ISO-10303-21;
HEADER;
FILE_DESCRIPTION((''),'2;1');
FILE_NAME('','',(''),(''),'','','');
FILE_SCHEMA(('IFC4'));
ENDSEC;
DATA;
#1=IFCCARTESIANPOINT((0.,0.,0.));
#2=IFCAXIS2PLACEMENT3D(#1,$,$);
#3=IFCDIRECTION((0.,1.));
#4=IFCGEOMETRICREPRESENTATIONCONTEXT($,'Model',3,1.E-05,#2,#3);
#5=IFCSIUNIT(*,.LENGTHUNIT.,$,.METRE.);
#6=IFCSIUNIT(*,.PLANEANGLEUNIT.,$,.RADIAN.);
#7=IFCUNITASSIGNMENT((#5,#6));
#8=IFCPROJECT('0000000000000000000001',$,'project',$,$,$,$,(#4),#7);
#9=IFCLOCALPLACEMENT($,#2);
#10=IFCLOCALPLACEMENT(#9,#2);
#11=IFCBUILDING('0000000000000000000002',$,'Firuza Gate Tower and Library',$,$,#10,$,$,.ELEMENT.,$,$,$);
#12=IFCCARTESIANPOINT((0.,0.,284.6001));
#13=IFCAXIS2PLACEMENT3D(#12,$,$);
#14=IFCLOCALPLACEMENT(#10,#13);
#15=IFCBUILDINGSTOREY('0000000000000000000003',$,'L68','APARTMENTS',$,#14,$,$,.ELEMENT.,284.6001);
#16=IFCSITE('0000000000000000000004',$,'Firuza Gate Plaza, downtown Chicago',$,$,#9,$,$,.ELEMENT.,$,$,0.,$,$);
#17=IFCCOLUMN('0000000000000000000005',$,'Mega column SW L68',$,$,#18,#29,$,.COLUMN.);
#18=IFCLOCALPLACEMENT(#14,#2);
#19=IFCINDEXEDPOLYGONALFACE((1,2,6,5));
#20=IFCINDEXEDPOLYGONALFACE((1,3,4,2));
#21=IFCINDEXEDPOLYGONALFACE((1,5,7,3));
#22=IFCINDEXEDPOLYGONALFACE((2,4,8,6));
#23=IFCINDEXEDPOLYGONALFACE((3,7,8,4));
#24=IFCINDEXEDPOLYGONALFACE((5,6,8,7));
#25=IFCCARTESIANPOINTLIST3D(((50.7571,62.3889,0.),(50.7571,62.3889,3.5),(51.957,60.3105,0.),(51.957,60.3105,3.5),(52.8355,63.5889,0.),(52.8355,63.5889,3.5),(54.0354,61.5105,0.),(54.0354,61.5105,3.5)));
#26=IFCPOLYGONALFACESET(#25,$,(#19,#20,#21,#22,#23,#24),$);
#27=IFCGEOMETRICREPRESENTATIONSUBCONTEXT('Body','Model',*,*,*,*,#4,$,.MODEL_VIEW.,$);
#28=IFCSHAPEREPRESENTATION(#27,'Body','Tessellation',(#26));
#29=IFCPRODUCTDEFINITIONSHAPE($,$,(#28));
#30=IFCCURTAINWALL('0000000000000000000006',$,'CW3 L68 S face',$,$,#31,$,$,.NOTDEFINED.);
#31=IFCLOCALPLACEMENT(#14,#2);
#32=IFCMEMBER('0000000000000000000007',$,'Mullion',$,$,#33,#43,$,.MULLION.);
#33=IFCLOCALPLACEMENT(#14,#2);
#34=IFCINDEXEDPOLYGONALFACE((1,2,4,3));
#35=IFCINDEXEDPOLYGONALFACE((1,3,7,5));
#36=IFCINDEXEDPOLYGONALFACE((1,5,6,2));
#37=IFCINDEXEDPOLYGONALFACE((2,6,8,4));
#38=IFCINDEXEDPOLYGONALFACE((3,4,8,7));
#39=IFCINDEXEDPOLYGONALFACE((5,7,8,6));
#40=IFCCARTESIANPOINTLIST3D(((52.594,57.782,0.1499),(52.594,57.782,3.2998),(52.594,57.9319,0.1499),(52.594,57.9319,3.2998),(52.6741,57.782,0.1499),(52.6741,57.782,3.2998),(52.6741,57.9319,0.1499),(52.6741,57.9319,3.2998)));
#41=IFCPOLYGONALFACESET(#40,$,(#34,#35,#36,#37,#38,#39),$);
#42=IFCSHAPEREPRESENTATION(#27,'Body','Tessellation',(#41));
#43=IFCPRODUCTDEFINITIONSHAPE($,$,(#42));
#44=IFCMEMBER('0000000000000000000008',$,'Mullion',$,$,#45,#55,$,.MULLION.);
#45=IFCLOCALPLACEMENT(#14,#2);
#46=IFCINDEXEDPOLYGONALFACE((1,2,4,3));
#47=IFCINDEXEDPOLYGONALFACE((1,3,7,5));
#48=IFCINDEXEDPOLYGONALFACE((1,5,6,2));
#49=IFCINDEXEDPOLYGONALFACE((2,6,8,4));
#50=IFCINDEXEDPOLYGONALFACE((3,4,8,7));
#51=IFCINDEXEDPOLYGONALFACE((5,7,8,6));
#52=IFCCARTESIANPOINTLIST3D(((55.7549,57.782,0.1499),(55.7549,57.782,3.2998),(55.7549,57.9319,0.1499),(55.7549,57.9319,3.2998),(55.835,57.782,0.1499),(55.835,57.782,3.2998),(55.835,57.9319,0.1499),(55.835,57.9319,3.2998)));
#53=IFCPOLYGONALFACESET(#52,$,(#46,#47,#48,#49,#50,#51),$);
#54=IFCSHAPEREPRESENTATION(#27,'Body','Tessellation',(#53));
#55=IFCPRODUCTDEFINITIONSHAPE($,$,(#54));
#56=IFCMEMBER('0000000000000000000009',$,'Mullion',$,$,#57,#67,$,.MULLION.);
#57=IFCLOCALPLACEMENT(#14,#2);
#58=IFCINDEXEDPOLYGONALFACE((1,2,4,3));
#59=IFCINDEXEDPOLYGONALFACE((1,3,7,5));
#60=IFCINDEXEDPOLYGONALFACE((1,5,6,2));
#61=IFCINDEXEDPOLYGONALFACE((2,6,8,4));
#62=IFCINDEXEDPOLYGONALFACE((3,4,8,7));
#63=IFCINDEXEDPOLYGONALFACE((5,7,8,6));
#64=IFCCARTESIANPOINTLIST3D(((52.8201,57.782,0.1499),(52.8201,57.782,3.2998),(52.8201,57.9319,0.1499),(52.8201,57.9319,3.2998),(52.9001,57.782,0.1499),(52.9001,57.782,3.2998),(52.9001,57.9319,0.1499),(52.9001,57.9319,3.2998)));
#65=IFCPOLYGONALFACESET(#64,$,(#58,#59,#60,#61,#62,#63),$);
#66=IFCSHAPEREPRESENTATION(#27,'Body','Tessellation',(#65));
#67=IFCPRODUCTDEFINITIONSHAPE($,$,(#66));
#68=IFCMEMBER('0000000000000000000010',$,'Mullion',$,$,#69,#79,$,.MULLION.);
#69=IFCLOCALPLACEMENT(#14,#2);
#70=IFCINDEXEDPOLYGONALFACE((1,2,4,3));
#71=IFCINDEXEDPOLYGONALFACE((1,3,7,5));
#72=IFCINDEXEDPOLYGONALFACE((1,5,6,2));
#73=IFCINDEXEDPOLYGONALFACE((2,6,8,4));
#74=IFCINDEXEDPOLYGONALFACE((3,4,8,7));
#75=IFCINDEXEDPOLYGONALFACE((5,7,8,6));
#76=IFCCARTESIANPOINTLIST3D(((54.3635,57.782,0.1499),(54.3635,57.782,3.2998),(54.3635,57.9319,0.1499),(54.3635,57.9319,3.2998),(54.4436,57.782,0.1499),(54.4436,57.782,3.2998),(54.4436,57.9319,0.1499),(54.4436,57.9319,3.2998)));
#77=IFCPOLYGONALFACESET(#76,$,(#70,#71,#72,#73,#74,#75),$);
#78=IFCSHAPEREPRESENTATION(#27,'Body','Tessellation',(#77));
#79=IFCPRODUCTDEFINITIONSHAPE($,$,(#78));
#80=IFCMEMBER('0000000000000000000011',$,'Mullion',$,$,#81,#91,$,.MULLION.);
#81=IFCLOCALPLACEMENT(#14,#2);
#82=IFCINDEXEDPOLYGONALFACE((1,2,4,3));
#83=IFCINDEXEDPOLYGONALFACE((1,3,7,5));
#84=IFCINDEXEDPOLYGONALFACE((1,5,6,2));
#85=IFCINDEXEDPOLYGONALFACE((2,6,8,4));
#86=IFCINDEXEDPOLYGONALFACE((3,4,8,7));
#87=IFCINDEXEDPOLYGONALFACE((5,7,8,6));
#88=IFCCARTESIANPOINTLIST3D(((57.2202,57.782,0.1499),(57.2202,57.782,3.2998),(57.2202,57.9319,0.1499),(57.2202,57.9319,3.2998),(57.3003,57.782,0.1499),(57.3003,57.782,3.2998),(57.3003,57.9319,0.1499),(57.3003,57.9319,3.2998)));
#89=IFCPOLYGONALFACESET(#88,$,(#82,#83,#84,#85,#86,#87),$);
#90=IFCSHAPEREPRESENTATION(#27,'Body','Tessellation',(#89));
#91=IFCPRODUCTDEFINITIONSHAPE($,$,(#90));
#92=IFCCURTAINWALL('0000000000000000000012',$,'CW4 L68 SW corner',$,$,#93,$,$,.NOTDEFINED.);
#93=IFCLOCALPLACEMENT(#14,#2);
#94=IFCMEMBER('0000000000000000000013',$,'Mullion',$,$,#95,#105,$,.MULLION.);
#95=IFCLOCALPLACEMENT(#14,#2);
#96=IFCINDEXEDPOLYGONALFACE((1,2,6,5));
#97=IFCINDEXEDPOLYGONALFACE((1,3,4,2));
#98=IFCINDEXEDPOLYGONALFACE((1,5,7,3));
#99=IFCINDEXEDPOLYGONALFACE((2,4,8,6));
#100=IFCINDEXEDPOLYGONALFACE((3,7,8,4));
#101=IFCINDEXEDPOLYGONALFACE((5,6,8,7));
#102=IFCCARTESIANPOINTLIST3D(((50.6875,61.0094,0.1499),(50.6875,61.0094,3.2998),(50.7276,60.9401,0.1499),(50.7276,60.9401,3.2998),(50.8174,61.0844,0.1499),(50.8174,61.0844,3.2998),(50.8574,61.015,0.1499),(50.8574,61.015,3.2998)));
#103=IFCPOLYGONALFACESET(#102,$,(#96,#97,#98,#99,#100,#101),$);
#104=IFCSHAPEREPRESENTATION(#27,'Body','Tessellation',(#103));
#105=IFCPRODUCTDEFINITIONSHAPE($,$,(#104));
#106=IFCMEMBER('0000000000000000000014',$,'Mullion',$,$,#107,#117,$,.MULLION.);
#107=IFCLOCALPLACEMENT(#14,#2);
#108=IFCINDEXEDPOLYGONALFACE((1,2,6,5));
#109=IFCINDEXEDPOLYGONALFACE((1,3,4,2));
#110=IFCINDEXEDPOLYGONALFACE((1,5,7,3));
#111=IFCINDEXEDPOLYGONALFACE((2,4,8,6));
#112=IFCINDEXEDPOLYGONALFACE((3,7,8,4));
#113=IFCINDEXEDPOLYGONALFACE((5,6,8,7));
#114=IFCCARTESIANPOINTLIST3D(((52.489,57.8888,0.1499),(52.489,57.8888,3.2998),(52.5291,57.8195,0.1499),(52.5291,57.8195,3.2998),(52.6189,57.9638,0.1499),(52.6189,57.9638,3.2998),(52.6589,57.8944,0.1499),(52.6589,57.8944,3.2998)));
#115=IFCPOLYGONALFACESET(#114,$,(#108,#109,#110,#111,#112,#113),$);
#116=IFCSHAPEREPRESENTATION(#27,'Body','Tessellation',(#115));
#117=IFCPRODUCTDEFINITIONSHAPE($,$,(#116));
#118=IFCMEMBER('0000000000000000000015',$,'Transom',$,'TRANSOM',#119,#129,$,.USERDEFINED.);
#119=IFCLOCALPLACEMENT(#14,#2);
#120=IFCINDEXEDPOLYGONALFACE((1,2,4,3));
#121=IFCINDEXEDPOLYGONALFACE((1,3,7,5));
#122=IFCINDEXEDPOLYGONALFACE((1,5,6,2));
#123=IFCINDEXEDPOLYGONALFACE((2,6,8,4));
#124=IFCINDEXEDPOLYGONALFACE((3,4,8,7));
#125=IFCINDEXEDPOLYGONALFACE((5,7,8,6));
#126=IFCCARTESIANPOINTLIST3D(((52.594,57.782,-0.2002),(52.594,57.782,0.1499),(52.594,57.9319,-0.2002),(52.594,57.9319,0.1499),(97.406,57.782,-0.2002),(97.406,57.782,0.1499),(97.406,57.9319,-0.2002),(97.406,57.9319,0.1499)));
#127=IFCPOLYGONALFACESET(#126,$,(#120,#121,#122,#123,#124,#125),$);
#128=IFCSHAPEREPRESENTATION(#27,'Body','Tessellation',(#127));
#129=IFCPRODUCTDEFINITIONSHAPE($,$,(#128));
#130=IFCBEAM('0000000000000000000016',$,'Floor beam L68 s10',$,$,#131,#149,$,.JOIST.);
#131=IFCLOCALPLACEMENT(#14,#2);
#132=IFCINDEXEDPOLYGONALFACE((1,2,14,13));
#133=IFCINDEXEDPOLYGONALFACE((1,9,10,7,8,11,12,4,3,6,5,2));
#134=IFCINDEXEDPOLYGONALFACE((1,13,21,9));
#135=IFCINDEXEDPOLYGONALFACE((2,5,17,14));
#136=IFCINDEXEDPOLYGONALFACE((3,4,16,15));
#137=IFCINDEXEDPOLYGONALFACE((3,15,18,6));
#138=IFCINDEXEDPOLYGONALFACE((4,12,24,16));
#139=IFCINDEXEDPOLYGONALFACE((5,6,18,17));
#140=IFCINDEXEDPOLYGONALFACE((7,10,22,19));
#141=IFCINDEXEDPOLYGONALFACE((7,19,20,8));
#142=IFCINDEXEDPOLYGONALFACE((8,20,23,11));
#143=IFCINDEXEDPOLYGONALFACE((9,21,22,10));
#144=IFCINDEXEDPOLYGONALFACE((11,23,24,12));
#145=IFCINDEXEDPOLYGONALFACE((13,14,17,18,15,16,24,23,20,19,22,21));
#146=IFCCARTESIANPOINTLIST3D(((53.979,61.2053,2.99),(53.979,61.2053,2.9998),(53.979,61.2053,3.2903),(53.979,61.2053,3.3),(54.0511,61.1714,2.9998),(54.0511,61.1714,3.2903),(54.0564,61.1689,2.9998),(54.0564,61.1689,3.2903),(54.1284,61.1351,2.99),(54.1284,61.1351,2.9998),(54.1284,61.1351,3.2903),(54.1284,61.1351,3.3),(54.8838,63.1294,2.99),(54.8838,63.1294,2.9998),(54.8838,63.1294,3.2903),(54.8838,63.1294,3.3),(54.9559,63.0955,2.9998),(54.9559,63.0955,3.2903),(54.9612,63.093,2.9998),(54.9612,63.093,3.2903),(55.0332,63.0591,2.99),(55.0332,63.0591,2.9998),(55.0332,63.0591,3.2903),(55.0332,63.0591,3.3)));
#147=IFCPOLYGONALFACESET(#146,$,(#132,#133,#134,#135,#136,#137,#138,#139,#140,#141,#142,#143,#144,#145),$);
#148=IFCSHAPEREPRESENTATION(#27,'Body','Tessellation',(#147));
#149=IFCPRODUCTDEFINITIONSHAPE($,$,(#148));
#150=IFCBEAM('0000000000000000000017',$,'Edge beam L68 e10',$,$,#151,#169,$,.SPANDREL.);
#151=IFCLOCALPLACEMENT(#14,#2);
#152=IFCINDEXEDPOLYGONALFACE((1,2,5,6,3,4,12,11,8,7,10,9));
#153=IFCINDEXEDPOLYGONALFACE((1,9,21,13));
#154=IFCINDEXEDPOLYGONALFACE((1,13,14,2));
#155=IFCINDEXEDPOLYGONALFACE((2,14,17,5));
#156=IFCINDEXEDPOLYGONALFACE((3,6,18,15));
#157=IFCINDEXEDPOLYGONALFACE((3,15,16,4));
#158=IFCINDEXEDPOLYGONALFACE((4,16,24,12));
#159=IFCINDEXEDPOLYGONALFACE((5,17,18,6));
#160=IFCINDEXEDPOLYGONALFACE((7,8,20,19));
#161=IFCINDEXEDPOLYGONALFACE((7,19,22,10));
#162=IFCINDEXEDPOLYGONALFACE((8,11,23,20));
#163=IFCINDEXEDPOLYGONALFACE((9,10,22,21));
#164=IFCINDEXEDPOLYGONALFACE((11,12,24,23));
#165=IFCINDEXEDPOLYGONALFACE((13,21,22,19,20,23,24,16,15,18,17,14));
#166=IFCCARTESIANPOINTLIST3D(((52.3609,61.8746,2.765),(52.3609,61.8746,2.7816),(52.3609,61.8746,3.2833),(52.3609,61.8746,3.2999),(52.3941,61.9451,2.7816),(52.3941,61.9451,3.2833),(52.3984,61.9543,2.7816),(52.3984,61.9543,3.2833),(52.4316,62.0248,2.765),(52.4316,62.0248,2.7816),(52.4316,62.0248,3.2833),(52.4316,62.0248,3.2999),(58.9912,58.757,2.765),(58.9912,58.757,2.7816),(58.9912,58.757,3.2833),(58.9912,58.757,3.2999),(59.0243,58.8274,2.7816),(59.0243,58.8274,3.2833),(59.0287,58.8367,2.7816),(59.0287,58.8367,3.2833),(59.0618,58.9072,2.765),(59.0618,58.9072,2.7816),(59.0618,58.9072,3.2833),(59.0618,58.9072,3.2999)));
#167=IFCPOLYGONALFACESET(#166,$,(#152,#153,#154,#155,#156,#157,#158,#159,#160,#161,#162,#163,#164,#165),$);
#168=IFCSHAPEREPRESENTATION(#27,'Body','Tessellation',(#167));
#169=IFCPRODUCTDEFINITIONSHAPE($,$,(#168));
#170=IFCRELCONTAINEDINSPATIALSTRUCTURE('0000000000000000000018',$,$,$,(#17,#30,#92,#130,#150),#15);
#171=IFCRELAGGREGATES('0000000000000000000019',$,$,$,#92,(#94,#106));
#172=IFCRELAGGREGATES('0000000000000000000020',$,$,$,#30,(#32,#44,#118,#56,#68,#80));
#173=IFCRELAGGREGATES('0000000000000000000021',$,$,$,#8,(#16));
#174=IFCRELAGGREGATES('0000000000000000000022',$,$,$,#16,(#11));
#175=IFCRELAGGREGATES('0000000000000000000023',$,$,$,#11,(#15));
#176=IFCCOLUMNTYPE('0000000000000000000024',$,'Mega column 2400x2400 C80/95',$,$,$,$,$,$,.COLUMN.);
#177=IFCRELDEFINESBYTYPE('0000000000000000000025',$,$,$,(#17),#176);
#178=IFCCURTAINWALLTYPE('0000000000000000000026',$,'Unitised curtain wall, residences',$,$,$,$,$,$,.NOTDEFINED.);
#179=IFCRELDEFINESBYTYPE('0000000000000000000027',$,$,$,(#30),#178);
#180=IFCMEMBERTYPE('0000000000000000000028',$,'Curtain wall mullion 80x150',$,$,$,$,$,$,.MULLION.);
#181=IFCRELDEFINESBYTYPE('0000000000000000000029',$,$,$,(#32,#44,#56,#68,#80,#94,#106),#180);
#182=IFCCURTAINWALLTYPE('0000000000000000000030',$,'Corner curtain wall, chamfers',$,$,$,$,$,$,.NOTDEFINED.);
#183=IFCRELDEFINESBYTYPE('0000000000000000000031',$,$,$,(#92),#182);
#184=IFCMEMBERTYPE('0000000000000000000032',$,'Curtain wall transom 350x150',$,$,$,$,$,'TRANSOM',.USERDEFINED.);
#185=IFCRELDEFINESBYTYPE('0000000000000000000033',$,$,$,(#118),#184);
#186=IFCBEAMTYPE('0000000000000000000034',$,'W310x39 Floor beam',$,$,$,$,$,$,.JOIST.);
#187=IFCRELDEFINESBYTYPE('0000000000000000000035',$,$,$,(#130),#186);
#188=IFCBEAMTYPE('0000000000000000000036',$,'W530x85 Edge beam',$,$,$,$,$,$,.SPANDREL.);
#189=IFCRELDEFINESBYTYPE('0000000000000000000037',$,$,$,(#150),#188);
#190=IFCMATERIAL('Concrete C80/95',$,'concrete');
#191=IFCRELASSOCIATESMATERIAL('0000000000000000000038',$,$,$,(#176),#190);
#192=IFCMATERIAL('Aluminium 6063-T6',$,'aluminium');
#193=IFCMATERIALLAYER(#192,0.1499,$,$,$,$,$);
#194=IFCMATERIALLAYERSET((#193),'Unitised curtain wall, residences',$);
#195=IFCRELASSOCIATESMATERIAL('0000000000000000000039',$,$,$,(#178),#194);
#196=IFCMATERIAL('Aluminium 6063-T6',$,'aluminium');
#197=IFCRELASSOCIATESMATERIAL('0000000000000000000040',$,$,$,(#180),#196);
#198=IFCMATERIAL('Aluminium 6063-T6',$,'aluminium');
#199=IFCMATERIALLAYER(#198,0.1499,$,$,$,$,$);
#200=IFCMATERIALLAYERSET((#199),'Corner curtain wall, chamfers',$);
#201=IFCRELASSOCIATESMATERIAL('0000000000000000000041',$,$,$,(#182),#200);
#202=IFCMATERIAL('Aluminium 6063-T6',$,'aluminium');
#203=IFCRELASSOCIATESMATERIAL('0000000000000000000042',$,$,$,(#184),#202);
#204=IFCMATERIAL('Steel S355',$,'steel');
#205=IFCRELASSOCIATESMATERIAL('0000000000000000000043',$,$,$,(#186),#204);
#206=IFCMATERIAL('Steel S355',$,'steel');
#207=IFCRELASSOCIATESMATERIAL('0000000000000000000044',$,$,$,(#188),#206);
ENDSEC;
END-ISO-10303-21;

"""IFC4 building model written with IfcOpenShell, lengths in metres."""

from ifc_helpers import new_model, si_unit, direction, frame, origin, origin_2d, place, context, subcontext, project, spatial, rectangle, i_section, extrude, material, layer, layer_set, material_profile, profile_set, type_object, element, aggregate, save


model = new_model("IFC4")

# Units and contexts
model_context = context("Model", 3, precision=1e-05, world=origin(), true_north=direction((0.0, 1.0)))
body_context = subcontext(model_context, "Body", "Model", "MODEL_VIEW")
ifc_project = project(units=[si_unit("LENGTHUNIT", "METRE"), si_unit("PLANEANGLEUNIT", "RADIAN")], contexts=[model_context])

# Site, building, storey
site_placement = place(None, origin())
site = spatial("IfcSite", under=ifc_project, at=site_placement, Name="Firuza Gate Plaza, downtown Chicago", CompositionType="ELEMENT", RefElevation=0.0)
building_placement = place(site_placement, origin())
building = spatial("IfcBuilding", under=site, at=building_placement, Name="Firuza Gate Tower and Library", CompositionType="ELEMENT")
storey_placement = place(building_placement, frame((0.0, 0.0, 284.6001)))
storey = spatial("IfcBuildingStorey", under=building, at=storey_placement, Name="L68", Description="APARTMENTS", CompositionType="ELEMENT", Elevation=284.6001)

# Column
ifc_material_1 = material(Name="Concrete C80/95", Category="concrete")
ifc_material_profile_1 = material_profile(ifc_material_1, rectangle(XDim=2.3999, YDim=2.3999, at=origin_2d()))
ifc_profile_set_1 = profile_set([ifc_material_profile_1], Name="Concrete C80/95")
column_type = type_object("IfcColumnType", Name="Mega column 2400x2400 C80/95", PredefinedType="COLUMN", material=ifc_profile_set_1)
column_placement = place(storey_placement, frame((52.3962, 61.9497, 0.0), z_axis=(0.0, 0.0, 1.0), x_axis=(0.5, -0.866025, 0.0)))
element("IfcColumn", 1, at=column_placement, inside=storey, type_object=column_type, Name="Mega column SW L68", PredefinedType="COLUMN", context=body_context, shape_type="SweptSolid", body=[
    extrude(rectangle(XDim=2.3999, YDim=2.3999, at=origin_2d()), origin(), (0.0, 0.0, 1.0), 3.5),
])

# Curtain walls, members
ifc_material_2 = material(Name="Aluminium 6063-T6", Category="aluminium")
ifc_layer_1 = layer(ifc_material_2, 0.1499)
ifc_layer_set_1 = layer_set([ifc_layer_1], Name="Unitised curtain wall, residences")
curtain_wall_type_1 = type_object("IfcCurtainWallType", Name="Unitised curtain wall, residences", PredefinedType="NOTDEFINED", material=ifc_layer_set_1)
placement_1 = place(storey_placement, origin())
curtain_wall_1 = element("IfcCurtainWall", 2, at=placement_1, inside=storey, type_object=curtain_wall_type_1, Name="CW3 L68 S face", PredefinedType="NOTDEFINED")
ifc_material_3 = material(Name="Aluminium 6063-T6", Category="aluminium")
ifc_material_profile_2 = material_profile(ifc_material_3, rectangle(XDim=0.1499, YDim=0.0801, at=origin_2d()))
ifc_profile_set_2 = profile_set([ifc_material_profile_2], Name="Aluminium 6063-T6")
member_type_1 = type_object("IfcMemberType", Name="Curtain wall mullion 80x150", PredefinedType="MULLION", material=ifc_profile_set_2)
member_1_placement = place(storey_placement, frame((52.634, 57.8569, 0.1499), z_axis=(0.0, 0.0, 1.0), x_axis=(0.0, 1.0, 0.0)))
member_1 = element("IfcMember", 3, at=member_1_placement, type_object=member_type_1, Name="Mullion", PredefinedType="MULLION", context=body_context, shape_type="SweptSolid", body=[
    extrude(rectangle(XDim=0.1499, YDim=0.0801, at=origin_2d()), origin(), (0.0, 0.0, 1.0), 3.1499),
])
member_2_placement = place(storey_placement, frame((55.7949, 57.8569, 0.1499), z_axis=(0.0, 0.0, 1.0), x_axis=(0.0, 1.0, 0.0)))
member_2 = element("IfcMember", 4, at=member_2_placement, type_object=member_type_1, Name="Mullion", PredefinedType="MULLION", context=body_context, shape_type="SweptSolid", body=[
    extrude(rectangle(XDim=0.1499, YDim=0.0801, at=origin_2d()), origin(), (0.0, 0.0, 1.0), 3.1499),
])
member_3_placement = place(storey_placement, frame((52.8601, 57.8569, 0.1499), z_axis=(0.0, 0.0, 1.0), x_axis=(0.0, 1.0, 0.0)))
member_3 = element("IfcMember", 5, at=member_3_placement, type_object=member_type_1, Name="Mullion", PredefinedType="MULLION", context=body_context, shape_type="SweptSolid", body=[
    extrude(rectangle(XDim=0.1499, YDim=0.0801, at=origin_2d()), origin(), (0.0, 0.0, 1.0), 3.1499),
])
member_4_placement = place(storey_placement, frame((54.4036, 57.8569, 0.1499), z_axis=(0.0, 0.0, 1.0), x_axis=(0.0, 1.0, 0.0)))
member_4 = element("IfcMember", 6, at=member_4_placement, type_object=member_type_1, Name="Mullion", PredefinedType="MULLION", context=body_context, shape_type="SweptSolid", body=[
    extrude(rectangle(XDim=0.1499, YDim=0.0801, at=origin_2d()), origin(), (0.0, 0.0, 1.0), 3.1499),
])
member_5_placement = place(storey_placement, frame((57.2603, 57.8569, 0.1499), z_axis=(0.0, 0.0, 1.0), x_axis=(0.0, 1.0, 0.0)))
member_5 = element("IfcMember", 7, at=member_5_placement, type_object=member_type_1, Name="Mullion", PredefinedType="MULLION", context=body_context, shape_type="SweptSolid", body=[
    extrude(rectangle(XDim=0.1499, YDim=0.0801, at=origin_2d()), origin(), (0.0, 0.0, 1.0), 3.1499),
])
ifc_material_4 = material(Name="Aluminium 6063-T6", Category="aluminium")
ifc_layer_2 = layer(ifc_material_4, 0.1499)
ifc_layer_set_2 = layer_set([ifc_layer_2], Name="Corner curtain wall, chamfers")
curtain_wall_type_2 = type_object("IfcCurtainWallType", Name="Corner curtain wall, chamfers", PredefinedType="NOTDEFINED", material=ifc_layer_set_2)
curtain_wall_2 = element("IfcCurtainWall", 8, at=placement_1, inside=storey, type_object=curtain_wall_type_2, Name="CW4 L68 SW corner", PredefinedType="NOTDEFINED")
member_6_placement = place(storey_placement, frame((50.7725, 61.0122, 0.1499), z_axis=(0.0, 0.0, 1.0), x_axis=(0.866025, 0.5, 0.0)))
member_6 = element("IfcMember", 9, at=member_6_placement, type_object=member_type_1, Name="Mullion", PredefinedType="MULLION", context=body_context, shape_type="SweptSolid", body=[
    extrude(rectangle(XDim=0.1499, YDim=0.0801, at=origin_2d()), origin(), (0.0, 0.0, 1.0), 3.1499),
])
member_7_placement = place(storey_placement, frame((52.574, 57.8916, 0.1499), z_axis=(0.0, 0.0, 1.0), x_axis=(0.866025, 0.5, 0.0)))
member_7 = element("IfcMember", 10, at=member_7_placement, type_object=member_type_1, Name="Mullion", PredefinedType="MULLION", context=body_context, shape_type="SweptSolid", body=[
    extrude(rectangle(XDim=0.1499, YDim=0.0801, at=origin_2d()), origin(), (0.0, 0.0, 1.0), 3.1499),
])

# Member
ifc_material_5 = material(Name="Aluminium 6063-T6", Category="aluminium")
ifc_material_profile_3 = material_profile(ifc_material_5, rectangle(XDim=0.1499, YDim=0.3501, at=origin_2d()))
ifc_profile_set_3 = profile_set([ifc_material_profile_3], Name="Aluminium 6063-T6")
member_type_2 = type_object("IfcMemberType", Name="Curtain wall transom 350x150", ElementType="TRANSOM", PredefinedType="USERDEFINED", material=ifc_profile_set_3)
member_8_placement = place(storey_placement, frame((52.594, 57.8569, -0.0251), z_axis=(1.0, 0.0, 0.0), x_axis=(0.0, 1.0, 0.0)))
member_8 = element("IfcMember", 11, at=member_8_placement, type_object=member_type_2, Name="Transom", ObjectType="TRANSOM", PredefinedType="USERDEFINED", context=body_context, shape_type="SweptSolid", body=[
    extrude(rectangle(XDim=0.1499, YDim=0.3501, at=origin_2d()), origin(), (0.0, 0.0, 1.0), 44.812),
])

# Beams
ifc_material_6 = material(Name="Steel S355", Category="steel")
ifc_material_profile_4 = material_profile(ifc_material_6, i_section(OverallWidth=0.165, OverallDepth=0.3101, WebThickness=0.0059, FlangeThickness=0.0098, at=origin_2d()))
ifc_profile_set_4 = profile_set([ifc_material_profile_4], Name="Steel S355")
beam_type_1 = type_object("IfcBeamType", Name="W310x39 Floor beam", PredefinedType="JOIST", material=ifc_profile_set_4)
beam_1_placement = place(storey_placement, frame((54.0537, 61.1702, 3.145), z_axis=(0.425543, 0.904938, 0.0), x_axis=(-0.904938, 0.425543, 0.0)))
element("IfcBeam", 12, at=beam_1_placement, inside=storey, type_object=beam_type_1, Name="Floor beam L68 s10", PredefinedType="JOIST", context=body_context, shape_type="SweptSolid", body=[
    extrude(i_section(OverallWidth=0.165, OverallDepth=0.3101, WebThickness=0.0059, FlangeThickness=0.0098, at=origin_2d()), origin(), (0.0, 0.0, 1.0), 2.1262),
])
ifc_material_7 = material(Name="Steel S355", Category="steel")
ifc_material_profile_5 = material_profile(ifc_material_7, i_section(OverallWidth=0.166, OverallDepth=0.5349, WebThickness=0.0103, FlangeThickness=0.0166, at=origin_2d()))
ifc_profile_set_5 = profile_set([ifc_material_profile_5], Name="Steel S355")
beam_type_2 = type_object("IfcBeamType", Name="W530x85 Edge beam", PredefinedType="SPANDREL", material=ifc_profile_set_5)
beam_2_placement = place(storey_placement, frame((52.3962, 61.9497, 3.0325), z_axis=(0.90495, -0.425518, 0.0), x_axis=(0.425518, 0.90495, 0.0)))
element("IfcBeam", 13, at=beam_2_placement, inside=storey, type_object=beam_type_2, Name="Edge beam L68 e10", PredefinedType="SPANDREL", context=body_context, shape_type="SweptSolid", body=[
    extrude(i_section(OverallWidth=0.166, OverallDepth=0.5349, WebThickness=0.0103, FlangeThickness=0.0166, at=origin_2d()), origin(), (0.0, 0.0, 1.0), 7.3267),
])

aggregate(curtain_wall_2, [member_6, member_7])
aggregate(curtain_wall_1, [member_1, member_2, member_8, member_3, member_4, member_5])

save(model, "model.ifc")
